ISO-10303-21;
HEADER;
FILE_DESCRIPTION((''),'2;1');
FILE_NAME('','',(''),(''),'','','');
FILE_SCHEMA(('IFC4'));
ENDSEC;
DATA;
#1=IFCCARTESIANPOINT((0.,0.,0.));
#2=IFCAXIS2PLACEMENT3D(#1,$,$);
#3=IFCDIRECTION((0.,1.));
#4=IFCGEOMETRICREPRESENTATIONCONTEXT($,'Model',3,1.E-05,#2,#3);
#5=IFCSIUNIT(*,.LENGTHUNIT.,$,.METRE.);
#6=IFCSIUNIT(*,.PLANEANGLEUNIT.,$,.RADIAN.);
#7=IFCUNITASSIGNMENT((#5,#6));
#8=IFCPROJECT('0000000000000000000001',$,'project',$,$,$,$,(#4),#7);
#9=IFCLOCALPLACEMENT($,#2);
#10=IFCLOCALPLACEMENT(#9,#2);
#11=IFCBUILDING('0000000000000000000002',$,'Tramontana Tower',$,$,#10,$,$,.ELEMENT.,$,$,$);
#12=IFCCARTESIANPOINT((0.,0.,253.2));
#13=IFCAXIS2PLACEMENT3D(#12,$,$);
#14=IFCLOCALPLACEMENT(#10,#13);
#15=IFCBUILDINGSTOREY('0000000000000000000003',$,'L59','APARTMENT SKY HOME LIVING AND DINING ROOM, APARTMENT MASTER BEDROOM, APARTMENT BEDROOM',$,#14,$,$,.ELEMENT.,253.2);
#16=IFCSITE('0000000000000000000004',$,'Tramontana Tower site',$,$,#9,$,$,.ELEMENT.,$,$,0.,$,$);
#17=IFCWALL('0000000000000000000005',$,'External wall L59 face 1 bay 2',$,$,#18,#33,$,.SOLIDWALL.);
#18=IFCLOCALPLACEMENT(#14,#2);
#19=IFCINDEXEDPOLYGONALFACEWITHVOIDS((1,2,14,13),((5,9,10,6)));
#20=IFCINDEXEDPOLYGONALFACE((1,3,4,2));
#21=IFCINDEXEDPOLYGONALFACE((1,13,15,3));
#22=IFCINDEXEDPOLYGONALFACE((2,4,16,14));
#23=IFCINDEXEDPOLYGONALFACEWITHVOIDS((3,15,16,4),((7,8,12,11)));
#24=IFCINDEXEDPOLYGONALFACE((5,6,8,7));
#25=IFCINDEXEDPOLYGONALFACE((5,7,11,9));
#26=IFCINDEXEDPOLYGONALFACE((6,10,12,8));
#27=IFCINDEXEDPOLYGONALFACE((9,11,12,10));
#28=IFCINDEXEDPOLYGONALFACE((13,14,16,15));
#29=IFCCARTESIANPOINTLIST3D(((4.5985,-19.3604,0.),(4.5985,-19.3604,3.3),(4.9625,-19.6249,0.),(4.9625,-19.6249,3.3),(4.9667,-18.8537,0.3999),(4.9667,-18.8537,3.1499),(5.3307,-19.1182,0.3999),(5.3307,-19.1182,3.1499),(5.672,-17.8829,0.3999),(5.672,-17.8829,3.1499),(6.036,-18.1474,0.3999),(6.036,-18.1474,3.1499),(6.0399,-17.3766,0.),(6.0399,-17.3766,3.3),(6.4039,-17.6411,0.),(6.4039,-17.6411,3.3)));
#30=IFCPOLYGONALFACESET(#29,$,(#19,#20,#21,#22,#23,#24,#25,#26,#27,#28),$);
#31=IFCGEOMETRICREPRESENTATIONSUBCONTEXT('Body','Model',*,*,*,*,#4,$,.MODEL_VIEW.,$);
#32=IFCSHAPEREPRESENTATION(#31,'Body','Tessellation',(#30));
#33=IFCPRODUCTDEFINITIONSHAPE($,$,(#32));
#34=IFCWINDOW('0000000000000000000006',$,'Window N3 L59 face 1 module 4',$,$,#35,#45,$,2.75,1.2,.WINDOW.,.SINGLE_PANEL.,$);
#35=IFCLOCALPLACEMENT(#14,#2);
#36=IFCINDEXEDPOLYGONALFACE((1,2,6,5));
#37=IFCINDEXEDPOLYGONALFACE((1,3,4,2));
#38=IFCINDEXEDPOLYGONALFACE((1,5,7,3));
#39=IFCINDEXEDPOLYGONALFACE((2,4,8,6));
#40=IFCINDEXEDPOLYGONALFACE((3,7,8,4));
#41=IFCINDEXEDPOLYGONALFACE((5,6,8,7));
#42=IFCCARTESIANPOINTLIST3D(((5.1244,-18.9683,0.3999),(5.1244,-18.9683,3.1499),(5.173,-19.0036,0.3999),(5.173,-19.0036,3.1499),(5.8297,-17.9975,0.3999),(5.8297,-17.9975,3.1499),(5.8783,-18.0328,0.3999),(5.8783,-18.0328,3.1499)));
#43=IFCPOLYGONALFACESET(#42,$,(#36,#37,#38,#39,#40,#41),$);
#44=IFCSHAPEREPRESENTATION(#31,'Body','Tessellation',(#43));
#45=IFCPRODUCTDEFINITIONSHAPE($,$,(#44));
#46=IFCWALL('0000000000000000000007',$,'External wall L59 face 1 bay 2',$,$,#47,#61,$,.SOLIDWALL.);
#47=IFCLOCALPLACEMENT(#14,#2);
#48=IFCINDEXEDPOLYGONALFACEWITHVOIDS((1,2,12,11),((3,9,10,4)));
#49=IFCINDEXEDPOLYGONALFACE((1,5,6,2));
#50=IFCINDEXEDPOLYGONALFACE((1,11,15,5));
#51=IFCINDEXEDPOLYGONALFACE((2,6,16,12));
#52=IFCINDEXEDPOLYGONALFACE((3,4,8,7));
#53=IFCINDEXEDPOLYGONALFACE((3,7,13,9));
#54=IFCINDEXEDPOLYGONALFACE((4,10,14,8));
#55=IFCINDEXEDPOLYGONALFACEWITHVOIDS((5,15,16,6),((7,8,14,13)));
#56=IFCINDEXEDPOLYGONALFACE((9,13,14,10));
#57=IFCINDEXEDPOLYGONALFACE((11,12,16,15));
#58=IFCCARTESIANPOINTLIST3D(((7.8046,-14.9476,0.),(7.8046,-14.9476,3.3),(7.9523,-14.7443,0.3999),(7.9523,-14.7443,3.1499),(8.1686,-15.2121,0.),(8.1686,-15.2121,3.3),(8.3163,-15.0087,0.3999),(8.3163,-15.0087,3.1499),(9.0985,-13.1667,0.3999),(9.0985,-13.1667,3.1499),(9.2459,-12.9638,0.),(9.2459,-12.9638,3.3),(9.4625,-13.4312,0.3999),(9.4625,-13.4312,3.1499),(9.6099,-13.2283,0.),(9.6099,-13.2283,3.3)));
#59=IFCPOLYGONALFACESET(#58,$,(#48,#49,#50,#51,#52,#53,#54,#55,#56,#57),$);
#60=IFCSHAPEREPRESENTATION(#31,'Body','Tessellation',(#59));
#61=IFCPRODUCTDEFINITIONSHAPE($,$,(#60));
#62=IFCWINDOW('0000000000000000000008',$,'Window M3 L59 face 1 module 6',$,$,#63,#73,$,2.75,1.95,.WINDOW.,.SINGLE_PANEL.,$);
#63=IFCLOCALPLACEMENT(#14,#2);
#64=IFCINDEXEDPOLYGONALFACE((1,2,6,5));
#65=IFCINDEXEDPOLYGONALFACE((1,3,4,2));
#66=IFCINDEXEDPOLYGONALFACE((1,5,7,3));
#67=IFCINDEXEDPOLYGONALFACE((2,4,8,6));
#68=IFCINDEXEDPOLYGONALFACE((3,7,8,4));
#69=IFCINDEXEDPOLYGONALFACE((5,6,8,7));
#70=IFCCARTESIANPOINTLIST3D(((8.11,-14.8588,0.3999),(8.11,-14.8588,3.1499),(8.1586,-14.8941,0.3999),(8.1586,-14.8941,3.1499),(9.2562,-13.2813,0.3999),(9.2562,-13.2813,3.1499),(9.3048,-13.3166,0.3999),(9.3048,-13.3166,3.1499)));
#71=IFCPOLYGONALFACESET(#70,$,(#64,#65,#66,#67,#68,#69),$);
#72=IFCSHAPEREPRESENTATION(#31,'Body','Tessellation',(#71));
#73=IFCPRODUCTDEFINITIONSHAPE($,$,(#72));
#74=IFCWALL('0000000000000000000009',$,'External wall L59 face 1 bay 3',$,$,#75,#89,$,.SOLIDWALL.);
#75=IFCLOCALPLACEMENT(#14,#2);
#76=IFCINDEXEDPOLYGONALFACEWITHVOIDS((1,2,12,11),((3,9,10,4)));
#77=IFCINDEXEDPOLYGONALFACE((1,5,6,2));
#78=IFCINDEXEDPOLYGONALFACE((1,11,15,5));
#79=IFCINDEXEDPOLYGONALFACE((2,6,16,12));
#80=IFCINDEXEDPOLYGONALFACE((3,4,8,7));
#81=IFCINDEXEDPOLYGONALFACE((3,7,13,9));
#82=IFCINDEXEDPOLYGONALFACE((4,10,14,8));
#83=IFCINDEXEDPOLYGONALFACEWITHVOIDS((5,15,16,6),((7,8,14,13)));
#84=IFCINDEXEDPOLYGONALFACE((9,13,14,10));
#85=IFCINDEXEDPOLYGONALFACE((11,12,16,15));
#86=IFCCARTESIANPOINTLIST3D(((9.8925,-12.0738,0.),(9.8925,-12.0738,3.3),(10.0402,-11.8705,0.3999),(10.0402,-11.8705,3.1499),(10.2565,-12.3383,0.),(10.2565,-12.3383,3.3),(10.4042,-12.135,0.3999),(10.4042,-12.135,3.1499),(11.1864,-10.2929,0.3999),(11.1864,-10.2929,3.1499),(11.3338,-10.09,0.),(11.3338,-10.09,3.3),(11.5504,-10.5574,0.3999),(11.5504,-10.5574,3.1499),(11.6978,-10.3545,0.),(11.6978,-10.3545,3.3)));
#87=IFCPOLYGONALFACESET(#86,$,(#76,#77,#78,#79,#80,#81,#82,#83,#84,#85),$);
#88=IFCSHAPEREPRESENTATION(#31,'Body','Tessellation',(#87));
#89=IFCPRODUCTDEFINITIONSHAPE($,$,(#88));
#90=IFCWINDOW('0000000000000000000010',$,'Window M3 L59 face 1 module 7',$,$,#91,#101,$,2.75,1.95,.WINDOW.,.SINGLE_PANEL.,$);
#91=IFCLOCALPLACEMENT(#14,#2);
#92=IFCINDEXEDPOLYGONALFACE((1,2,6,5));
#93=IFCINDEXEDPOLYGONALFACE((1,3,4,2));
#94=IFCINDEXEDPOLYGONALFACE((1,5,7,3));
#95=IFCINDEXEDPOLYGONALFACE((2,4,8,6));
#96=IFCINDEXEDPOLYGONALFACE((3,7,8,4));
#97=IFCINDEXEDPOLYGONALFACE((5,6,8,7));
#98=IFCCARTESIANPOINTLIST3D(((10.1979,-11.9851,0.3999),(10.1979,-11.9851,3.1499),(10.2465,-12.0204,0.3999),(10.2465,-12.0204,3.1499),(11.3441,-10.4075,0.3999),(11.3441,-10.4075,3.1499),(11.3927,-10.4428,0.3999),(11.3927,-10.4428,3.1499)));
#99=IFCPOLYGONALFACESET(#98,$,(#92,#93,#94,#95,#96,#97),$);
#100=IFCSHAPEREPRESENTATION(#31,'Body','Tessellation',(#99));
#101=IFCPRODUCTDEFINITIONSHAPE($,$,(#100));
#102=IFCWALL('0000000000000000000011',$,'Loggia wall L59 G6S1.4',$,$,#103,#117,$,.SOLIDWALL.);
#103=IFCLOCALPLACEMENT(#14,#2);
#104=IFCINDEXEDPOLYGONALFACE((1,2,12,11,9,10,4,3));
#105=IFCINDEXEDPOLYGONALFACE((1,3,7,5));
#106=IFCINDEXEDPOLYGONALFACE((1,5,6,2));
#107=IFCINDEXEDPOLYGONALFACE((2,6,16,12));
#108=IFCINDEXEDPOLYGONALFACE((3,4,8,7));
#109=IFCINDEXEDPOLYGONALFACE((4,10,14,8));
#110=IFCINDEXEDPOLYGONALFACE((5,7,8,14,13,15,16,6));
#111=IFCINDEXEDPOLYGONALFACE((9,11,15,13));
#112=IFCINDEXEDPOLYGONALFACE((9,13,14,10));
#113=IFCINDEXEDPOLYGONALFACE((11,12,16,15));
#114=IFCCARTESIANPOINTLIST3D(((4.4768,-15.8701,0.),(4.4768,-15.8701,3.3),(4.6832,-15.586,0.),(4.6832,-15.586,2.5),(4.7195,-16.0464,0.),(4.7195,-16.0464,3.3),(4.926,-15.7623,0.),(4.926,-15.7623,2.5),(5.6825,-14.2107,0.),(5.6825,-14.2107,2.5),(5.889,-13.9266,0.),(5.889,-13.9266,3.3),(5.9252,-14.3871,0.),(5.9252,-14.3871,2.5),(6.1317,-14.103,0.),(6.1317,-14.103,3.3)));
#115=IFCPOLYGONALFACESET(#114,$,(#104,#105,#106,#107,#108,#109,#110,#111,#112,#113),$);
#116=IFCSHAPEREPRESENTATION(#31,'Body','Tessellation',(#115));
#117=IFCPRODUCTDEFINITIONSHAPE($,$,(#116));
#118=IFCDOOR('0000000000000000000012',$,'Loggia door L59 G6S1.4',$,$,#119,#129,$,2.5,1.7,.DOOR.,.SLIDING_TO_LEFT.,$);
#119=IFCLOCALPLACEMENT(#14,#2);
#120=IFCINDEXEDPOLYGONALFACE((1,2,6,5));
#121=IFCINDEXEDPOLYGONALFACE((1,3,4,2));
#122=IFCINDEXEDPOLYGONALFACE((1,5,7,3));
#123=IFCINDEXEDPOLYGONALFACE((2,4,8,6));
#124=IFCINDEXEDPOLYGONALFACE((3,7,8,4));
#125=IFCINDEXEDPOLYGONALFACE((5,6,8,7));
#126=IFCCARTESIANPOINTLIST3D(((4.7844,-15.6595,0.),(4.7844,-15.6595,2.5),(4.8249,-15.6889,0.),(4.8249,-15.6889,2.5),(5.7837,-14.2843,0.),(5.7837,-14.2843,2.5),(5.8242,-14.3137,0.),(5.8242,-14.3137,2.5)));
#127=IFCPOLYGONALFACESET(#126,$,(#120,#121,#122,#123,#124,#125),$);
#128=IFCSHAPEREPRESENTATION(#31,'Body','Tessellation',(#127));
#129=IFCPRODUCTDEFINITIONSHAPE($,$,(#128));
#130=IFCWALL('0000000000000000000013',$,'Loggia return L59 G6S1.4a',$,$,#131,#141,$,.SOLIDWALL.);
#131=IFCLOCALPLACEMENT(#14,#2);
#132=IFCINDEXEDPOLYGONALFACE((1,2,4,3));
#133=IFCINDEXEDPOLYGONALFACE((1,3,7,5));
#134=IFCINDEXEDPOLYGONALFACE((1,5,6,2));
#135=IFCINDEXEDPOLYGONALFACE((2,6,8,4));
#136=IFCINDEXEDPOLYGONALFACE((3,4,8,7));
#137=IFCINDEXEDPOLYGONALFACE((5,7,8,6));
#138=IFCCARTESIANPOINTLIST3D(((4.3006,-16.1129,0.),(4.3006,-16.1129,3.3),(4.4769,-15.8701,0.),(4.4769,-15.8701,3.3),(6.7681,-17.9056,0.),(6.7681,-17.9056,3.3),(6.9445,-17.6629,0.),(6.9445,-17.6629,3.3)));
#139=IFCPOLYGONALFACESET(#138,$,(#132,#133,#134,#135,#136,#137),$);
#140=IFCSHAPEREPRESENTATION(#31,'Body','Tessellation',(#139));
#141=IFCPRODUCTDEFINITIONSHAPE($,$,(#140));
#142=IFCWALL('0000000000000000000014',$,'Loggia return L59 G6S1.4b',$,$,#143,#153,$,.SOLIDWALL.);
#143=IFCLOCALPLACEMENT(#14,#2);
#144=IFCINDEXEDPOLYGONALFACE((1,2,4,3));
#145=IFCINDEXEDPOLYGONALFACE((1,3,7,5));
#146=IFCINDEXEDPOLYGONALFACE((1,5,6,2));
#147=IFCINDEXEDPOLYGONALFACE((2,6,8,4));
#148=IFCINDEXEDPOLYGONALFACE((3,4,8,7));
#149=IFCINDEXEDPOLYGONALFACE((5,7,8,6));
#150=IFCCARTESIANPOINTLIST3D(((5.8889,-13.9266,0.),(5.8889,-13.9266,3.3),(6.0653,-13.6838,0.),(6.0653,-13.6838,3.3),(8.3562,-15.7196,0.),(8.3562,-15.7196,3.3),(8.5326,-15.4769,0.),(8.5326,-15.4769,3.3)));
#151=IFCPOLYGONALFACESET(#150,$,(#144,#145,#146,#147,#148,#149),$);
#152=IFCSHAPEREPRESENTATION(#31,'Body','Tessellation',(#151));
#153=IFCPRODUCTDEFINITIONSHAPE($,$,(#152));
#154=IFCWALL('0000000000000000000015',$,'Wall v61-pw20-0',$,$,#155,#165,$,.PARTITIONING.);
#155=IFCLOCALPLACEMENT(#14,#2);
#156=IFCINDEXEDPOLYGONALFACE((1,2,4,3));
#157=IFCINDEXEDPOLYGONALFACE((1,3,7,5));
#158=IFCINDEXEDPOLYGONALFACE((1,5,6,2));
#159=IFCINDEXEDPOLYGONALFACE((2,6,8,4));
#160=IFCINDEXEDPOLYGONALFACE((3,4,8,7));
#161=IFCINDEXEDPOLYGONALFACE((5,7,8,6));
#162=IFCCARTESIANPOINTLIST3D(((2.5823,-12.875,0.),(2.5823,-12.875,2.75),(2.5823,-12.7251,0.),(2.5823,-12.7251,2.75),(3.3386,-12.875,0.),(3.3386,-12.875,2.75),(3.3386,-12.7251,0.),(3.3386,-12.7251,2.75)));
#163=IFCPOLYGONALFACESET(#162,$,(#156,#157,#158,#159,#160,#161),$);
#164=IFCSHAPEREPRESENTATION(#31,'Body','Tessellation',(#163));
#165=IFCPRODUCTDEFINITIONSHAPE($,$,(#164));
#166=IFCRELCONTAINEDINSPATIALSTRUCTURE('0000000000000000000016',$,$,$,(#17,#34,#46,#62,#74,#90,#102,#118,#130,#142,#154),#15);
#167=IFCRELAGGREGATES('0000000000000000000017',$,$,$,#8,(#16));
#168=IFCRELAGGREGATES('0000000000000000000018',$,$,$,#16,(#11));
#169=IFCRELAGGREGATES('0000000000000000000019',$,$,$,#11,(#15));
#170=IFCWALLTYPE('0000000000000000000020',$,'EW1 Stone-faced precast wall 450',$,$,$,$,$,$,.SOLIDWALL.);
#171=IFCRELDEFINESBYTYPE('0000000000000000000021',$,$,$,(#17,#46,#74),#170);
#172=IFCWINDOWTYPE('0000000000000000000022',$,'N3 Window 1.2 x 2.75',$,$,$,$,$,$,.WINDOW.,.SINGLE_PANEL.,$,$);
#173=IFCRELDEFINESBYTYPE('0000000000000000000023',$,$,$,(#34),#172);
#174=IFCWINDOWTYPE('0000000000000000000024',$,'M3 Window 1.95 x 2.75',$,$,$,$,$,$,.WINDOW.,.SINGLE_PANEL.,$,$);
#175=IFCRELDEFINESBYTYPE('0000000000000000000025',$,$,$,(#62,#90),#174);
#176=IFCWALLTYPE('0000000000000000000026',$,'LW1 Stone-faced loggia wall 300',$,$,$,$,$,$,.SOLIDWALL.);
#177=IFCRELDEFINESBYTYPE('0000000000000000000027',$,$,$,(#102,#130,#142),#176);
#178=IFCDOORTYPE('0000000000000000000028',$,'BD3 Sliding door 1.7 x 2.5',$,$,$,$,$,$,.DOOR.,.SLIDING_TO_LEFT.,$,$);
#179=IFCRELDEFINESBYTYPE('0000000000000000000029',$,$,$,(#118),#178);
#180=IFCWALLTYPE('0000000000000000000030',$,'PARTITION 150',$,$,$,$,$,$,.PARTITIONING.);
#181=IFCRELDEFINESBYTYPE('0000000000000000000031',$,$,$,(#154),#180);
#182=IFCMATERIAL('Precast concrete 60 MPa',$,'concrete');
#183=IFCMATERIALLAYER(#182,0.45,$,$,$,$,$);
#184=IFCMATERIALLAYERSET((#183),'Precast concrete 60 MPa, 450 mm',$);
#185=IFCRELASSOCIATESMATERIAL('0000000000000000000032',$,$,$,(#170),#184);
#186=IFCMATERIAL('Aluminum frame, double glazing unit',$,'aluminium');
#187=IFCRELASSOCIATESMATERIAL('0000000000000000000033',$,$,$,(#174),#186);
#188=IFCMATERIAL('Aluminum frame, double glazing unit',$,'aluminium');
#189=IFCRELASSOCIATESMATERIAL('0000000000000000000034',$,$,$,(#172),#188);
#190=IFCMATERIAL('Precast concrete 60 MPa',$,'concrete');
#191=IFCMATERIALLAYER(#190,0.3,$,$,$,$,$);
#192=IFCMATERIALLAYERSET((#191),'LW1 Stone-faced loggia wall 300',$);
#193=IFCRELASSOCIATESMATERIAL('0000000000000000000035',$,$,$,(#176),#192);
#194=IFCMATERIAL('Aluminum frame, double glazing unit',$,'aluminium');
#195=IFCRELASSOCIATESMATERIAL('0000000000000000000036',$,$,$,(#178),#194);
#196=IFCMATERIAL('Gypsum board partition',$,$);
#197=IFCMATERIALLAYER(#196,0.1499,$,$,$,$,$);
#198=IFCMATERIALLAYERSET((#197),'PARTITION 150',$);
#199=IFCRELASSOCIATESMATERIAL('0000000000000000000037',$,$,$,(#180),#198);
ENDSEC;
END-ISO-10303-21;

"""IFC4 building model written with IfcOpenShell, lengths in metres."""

from ifc_helpers import new_model, si_unit, direction, frame, frame_2d, origin, place, context, subcontext, project, spatial, rectangle, extrude, material, layer, layer_set, type_object, element, fill, save


model = new_model("IFC4")

# Units and contexts
model_context = context("Model", 3, precision=1e-05, world=origin(), true_north=direction((0.0, 1.0)))
body_context = subcontext(model_context, "Body", "Model", "MODEL_VIEW")
ifc_project = project(units=[si_unit("LENGTHUNIT", "METRE"), si_unit("PLANEANGLEUNIT", "RADIAN")], contexts=[model_context])

# Site, building, storey
site_placement = place(None, origin())
site = spatial("IfcSite", under=ifc_project, at=site_placement, Name="Tramontana Tower site", CompositionType="ELEMENT", RefElevation=0.0)
building_placement = place(site_placement, origin())
building = spatial("IfcBuilding", under=site, at=building_placement, Name="Tramontana Tower", CompositionType="ELEMENT")
storey_placement = place(building_placement, frame((0.0, 0.0, 253.2)))
storey = spatial("IfcBuildingStorey", under=building, at=storey_placement, Name="L59", Description="APARTMENT SKY HOME LIVING AND DINING ROOM, APARTMENT MASTER BEDROOM, APARTMENT BEDROOM", CompositionType="ELEMENT", Elevation=253.2)

# Shared definitions
ifc_material_1 = material(Name="Precast concrete 60 MPa", Category="concrete")
ifc_layer_1 = layer(ifc_material_1, 0.45)
ifc_layer_set_1 = layer_set([ifc_layer_1], Name="Precast concrete 60 MPa, 450 mm")
wall_type_1 = type_object("IfcWallType", Name="EW1 Stone-faced precast wall 450", PredefinedType="SOLIDWALL", material=ifc_layer_set_1)
ifc_material_2 = material(Name="Aluminum frame, double glazing unit", Category="aluminium")
window_type_1 = type_object("IfcWindowType", Name="M3 Window 1.95 x 2.75", PartitioningType="SINGLE_PANEL", PredefinedType="WINDOW", material=ifc_material_2)

# Walls, openings, windows
wall_1_placement = place(storey_placement, frame((4.7805, -19.4927, 0.0), z_axis=(0.0, 0.0, 1.0), x_axis=(0.587793, 0.809012, 0.0)))
wall_1 = element("IfcWall", 1, at=wall_1_placement, inside=storey, type_object=wall_type_1, Name="External wall L59 face 1 bay 2", PredefinedType="SOLIDWALL", context=body_context, shape_type="SweptSolid", body=[
    extrude(rectangle(XDim=2.4521, YDim=0.45, at=frame_2d((1.2261, 0.0))), origin(), (0.0, 0.0, 1.0), 3.3),
])
opening_1_placement = place(wall_1_placement, frame((0.6262, 0.0, 0.3999)))
opening_1 = element("IfcOpeningElement", 2, at=opening_1_placement, cuts=wall_1, PredefinedType="OPENING", context=body_context, shape_type="SweptSolid", body=[
    extrude(rectangle(XDim=1.2, YDim=2.75, at=frame_2d((0.6001, 1.375))), frame((0.0, 0.2349, 0.0), z_axis=(0.0, -1.0, 0.0), x_axis=(1.0, 0.0, 0.0)), (0.0, 0.0, 1.0), 0.47),
])
ifc_material_3 = material(Name="Aluminum frame, double glazing unit", Category="aluminium")
window_type_2 = type_object("IfcWindowType", Name="N3 Window 1.2 x 2.75", PartitioningType="SINGLE_PANEL", PredefinedType="WINDOW", material=ifc_material_3)
window_1_placement = place(opening_1_placement, origin())
window_1 = element("IfcWindow", 3, at=window_1_placement, inside=storey, type_object=window_type_2, Name="Window N3 L59 face 1 module 4", OverallHeight=2.75, OverallWidth=1.2, PartitioningType="SINGLE_PANEL", PredefinedType="WINDOW", context=body_context, shape_type="SweptSolid", body=[
    extrude(rectangle(XDim=1.2, YDim=2.75, at=frame_2d((0.6001, 1.375))), frame((0.0, 0.03, 0.0), z_axis=(0.0, -1.0, 0.0), x_axis=(1.0, 0.0, 0.0)), (0.0, 0.0, 1.0), 0.0601),
])
fill(opening_1, window_1)
wall_2_placement = place(storey_placement, frame((7.9866, -15.0798, 0.0), z_axis=(0.0, 0.0, 1.0), x_axis=(0.587793, 0.809012, 0.0)))
wall_2 = element("IfcWall", 4, at=wall_2_placement, inside=storey, type_object=wall_type_1, Name="External wall L59 face 1 bay 2", PredefinedType="SOLIDWALL", context=body_context, shape_type="SweptSolid", body=[
    extrude(rectangle(XDim=2.4521, YDim=0.45, at=frame_2d((1.2261, 0.0))), origin(), (0.0, 0.0, 1.0), 3.3),
])
opening_2_placement = place(wall_2_placement, frame((0.2512, 0.0, 0.3999)))
opening_2 = element("IfcOpeningElement", 5, at=opening_2_placement, cuts=wall_2, PredefinedType="OPENING", context=body_context, shape_type="SweptSolid", body=[
    extrude(rectangle(XDim=1.95, YDim=2.75, at=frame_2d((0.9751, 1.375))), frame((0.0, 0.2349, 0.0), z_axis=(0.0, -1.0, 0.0), x_axis=(1.0, 0.0, 0.0)), (0.0, 0.0, 1.0), 0.47),
])
window_2_placement = place(opening_2_placement, origin())
window_2 = element("IfcWindow", 6, at=window_2_placement, inside=storey, type_object=window_type_1, Name="Window M3 L59 face 1 module 6", OverallHeight=2.75, OverallWidth=1.95, PartitioningType="SINGLE_PANEL", PredefinedType="WINDOW", context=body_context, shape_type="SweptSolid", body=[
    extrude(rectangle(XDim=1.95, YDim=2.75, at=frame_2d((0.9751, 1.375))), frame((0.0, 0.03, 0.0), z_axis=(0.0, -1.0, 0.0), x_axis=(1.0, 0.0, 0.0)), (0.0, 0.0, 1.0), 0.0601),
])
fill(opening_2, window_2)
wall_3_placement = place(storey_placement, frame((10.0745, -12.2061, 0.0), z_axis=(0.0, 0.0, 1.0), x_axis=(0.587793, 0.809012, 0.0)))
wall_3 = element("IfcWall", 7, at=wall_3_placement, inside=storey, type_object=wall_type_1, Name="External wall L59 face 1 bay 3", PredefinedType="SOLIDWALL", context=body_context, shape_type="SweptSolid", body=[
    extrude(rectangle(XDim=2.4521, YDim=0.45, at=frame_2d((1.2261, 0.0))), origin(), (0.0, 0.0, 1.0), 3.3),
])
opening_3_placement = place(wall_3_placement, frame((0.2512, 0.0, 0.3999)))
opening_3 = element("IfcOpeningElement", 8, at=opening_3_placement, cuts=wall_3, PredefinedType="OPENING", context=body_context, shape_type="SweptSolid", body=[
    extrude(rectangle(XDim=1.95, YDim=2.75, at=frame_2d((0.9751, 1.375))), frame((0.0, 0.2349, 0.0), z_axis=(0.0, -1.0, 0.0), x_axis=(1.0, 0.0, 0.0)), (0.0, 0.0, 1.0), 0.47),
])
window_3_placement = place(opening_3_placement, origin())
window_3 = element("IfcWindow", 9, at=window_3_placement, inside=storey, type_object=window_type_1, Name="Window M3 L59 face 1 module 7", OverallHeight=2.75, OverallWidth=1.95, PartitioningType="SINGLE_PANEL", PredefinedType="WINDOW", context=body_context, shape_type="SweptSolid", body=[
    extrude(rectangle(XDim=1.95, YDim=2.75, at=frame_2d((0.9751, 1.375))), frame((0.0, 0.03, 0.0), z_axis=(0.0, -1.0, 0.0), x_axis=(1.0, 0.0, 0.0)), (0.0, 0.0, 1.0), 0.0601),
])
fill(opening_3, window_3)

# Wall, opening, door
ifc_material_4 = material(Name="Precast concrete 60 MPa", Category="concrete")
ifc_layer_2 = layer(ifc_material_4, 0.3)
ifc_layer_set_2 = layer_set([ifc_layer_2], Name="LW1 Stone-faced loggia wall 300")
wall_type_2 = type_object("IfcWallType", Name="LW1 Stone-faced loggia wall 300", PredefinedType="SOLIDWALL", material=ifc_layer_set_2)
wall_4_placement = place(storey_placement, frame((4.5981, -15.9583, 0.0), z_axis=(0.0, 0.0, 1.0), x_axis=(0.587833, 0.808982, 0.0)))
wall_4 = element("IfcWall", 10, at=wall_4_placement, inside=storey, type_object=wall_type_2, Name="Loggia wall L59 G6S1.4", PredefinedType="SOLIDWALL", context=body_context, shape_type="SweptSolid", body=[
    extrude(rectangle(XDim=2.4023, YDim=0.3, at=frame_2d((1.2012, 0.0))), origin(), (0.0, 0.0, 1.0), 3.3),
])
opening_4_placement = place(wall_4_placement, frame((0.3511, 0.0, 0.0)))
opening_4 = element("IfcOpeningElement", 11, at=opening_4_placement, cuts=wall_4, PredefinedType="OPENING", context=body_context, shape_type="SweptSolid", body=[
    extrude(rectangle(XDim=1.7, YDim=2.5, at=frame_2d((0.8501, 1.25))), frame((0.0, 0.1599, 0.0), z_axis=(0.0, -1.0, 0.0), x_axis=(1.0, 0.0, 0.0)), (0.0, 0.0, 1.0), 0.3201),
])
ifc_material_5 = material(Name="Aluminum frame, double glazing unit", Category="aluminium")
door_type_1 = type_object("IfcDoorType", Name="BD3 Sliding door 1.7 x 2.5", OperationType="SLIDING_TO_LEFT", PredefinedType="DOOR", material=ifc_material_5)
door_1_placement = place(opening_4_placement, origin())
door_1 = element("IfcDoor", 12, at=door_1_placement, inside=storey, type_object=door_type_1, Name="Loggia door L59 G6S1.4", OperationType="SLIDING_TO_LEFT", OverallHeight=2.5, OverallWidth=1.7, PredefinedType="DOOR", context=body_context, shape_type="SweptSolid", body=[
    extrude(rectangle(XDim=1.7, YDim=2.5, at=frame_2d((0.8501, 1.25))), frame((0.0, 0.0249, 0.0), z_axis=(0.0, -1.0, 0.0), x_axis=(1.0, 0.0, 0.0)), (0.0, 0.0, 1.0), 0.05),
])
fill(opening_4, door_1)

# Walls
for number, where, z_axis, x_axis, name in (
    (13, (6.8562, -17.7842, 0.0), (0.0, 0.0, 1.0), (-0.809023, 0.587777, 0.0), "Loggia return L59 G6S1.4a"),
    (14, (8.4443, -15.5981, 0.0), (0.0, 0.0, 1.0), (-0.808958, 0.587867, 0.0), "Loggia return L59 G6S1.4b"),
):
    element("IfcWall", number, at=place(storey_placement, frame(where, z_axis=z_axis, x_axis=x_axis)), inside=storey, type_object=wall_type_2, Name=name, PredefinedType="SOLIDWALL", context=body_context, shape_type="SweptSolid", body=[
        extrude(rectangle(XDim=3.05, YDim=0.3, at=frame_2d((1.5249, 0.0))), origin(), (0.0, 0.0, 1.0), 3.3),
    ])
ifc_material_6 = material(Name="Gypsum board partition")
ifc_layer_3 = layer(ifc_material_6, 0.1499)
ifc_layer_set_3 = layer_set([ifc_layer_3], Name="PARTITION 150")
wall_type_3 = type_object("IfcWallType", Name="PARTITION 150", PredefinedType="PARTITIONING", material=ifc_layer_set_3)
wall_5_placement = place(storey_placement, frame((3.3386, -12.8, 0.0), z_axis=(0.0, 0.0, 1.0), x_axis=(-1.0, 0.0, 0.0)))
element("IfcWall", 15, at=wall_5_placement, inside=storey, type_object=wall_type_3, Name="Wall v61-pw20-0", PredefinedType="PARTITIONING", context=body_context, shape_type="SweptSolid", body=[
    extrude(rectangle(XDim=0.7563, YDim=0.1499, at=frame_2d((0.3782, 0.0))), origin(), (0.0, 0.0, 1.0), 2.75),
])

save(model, "model.ifc")
